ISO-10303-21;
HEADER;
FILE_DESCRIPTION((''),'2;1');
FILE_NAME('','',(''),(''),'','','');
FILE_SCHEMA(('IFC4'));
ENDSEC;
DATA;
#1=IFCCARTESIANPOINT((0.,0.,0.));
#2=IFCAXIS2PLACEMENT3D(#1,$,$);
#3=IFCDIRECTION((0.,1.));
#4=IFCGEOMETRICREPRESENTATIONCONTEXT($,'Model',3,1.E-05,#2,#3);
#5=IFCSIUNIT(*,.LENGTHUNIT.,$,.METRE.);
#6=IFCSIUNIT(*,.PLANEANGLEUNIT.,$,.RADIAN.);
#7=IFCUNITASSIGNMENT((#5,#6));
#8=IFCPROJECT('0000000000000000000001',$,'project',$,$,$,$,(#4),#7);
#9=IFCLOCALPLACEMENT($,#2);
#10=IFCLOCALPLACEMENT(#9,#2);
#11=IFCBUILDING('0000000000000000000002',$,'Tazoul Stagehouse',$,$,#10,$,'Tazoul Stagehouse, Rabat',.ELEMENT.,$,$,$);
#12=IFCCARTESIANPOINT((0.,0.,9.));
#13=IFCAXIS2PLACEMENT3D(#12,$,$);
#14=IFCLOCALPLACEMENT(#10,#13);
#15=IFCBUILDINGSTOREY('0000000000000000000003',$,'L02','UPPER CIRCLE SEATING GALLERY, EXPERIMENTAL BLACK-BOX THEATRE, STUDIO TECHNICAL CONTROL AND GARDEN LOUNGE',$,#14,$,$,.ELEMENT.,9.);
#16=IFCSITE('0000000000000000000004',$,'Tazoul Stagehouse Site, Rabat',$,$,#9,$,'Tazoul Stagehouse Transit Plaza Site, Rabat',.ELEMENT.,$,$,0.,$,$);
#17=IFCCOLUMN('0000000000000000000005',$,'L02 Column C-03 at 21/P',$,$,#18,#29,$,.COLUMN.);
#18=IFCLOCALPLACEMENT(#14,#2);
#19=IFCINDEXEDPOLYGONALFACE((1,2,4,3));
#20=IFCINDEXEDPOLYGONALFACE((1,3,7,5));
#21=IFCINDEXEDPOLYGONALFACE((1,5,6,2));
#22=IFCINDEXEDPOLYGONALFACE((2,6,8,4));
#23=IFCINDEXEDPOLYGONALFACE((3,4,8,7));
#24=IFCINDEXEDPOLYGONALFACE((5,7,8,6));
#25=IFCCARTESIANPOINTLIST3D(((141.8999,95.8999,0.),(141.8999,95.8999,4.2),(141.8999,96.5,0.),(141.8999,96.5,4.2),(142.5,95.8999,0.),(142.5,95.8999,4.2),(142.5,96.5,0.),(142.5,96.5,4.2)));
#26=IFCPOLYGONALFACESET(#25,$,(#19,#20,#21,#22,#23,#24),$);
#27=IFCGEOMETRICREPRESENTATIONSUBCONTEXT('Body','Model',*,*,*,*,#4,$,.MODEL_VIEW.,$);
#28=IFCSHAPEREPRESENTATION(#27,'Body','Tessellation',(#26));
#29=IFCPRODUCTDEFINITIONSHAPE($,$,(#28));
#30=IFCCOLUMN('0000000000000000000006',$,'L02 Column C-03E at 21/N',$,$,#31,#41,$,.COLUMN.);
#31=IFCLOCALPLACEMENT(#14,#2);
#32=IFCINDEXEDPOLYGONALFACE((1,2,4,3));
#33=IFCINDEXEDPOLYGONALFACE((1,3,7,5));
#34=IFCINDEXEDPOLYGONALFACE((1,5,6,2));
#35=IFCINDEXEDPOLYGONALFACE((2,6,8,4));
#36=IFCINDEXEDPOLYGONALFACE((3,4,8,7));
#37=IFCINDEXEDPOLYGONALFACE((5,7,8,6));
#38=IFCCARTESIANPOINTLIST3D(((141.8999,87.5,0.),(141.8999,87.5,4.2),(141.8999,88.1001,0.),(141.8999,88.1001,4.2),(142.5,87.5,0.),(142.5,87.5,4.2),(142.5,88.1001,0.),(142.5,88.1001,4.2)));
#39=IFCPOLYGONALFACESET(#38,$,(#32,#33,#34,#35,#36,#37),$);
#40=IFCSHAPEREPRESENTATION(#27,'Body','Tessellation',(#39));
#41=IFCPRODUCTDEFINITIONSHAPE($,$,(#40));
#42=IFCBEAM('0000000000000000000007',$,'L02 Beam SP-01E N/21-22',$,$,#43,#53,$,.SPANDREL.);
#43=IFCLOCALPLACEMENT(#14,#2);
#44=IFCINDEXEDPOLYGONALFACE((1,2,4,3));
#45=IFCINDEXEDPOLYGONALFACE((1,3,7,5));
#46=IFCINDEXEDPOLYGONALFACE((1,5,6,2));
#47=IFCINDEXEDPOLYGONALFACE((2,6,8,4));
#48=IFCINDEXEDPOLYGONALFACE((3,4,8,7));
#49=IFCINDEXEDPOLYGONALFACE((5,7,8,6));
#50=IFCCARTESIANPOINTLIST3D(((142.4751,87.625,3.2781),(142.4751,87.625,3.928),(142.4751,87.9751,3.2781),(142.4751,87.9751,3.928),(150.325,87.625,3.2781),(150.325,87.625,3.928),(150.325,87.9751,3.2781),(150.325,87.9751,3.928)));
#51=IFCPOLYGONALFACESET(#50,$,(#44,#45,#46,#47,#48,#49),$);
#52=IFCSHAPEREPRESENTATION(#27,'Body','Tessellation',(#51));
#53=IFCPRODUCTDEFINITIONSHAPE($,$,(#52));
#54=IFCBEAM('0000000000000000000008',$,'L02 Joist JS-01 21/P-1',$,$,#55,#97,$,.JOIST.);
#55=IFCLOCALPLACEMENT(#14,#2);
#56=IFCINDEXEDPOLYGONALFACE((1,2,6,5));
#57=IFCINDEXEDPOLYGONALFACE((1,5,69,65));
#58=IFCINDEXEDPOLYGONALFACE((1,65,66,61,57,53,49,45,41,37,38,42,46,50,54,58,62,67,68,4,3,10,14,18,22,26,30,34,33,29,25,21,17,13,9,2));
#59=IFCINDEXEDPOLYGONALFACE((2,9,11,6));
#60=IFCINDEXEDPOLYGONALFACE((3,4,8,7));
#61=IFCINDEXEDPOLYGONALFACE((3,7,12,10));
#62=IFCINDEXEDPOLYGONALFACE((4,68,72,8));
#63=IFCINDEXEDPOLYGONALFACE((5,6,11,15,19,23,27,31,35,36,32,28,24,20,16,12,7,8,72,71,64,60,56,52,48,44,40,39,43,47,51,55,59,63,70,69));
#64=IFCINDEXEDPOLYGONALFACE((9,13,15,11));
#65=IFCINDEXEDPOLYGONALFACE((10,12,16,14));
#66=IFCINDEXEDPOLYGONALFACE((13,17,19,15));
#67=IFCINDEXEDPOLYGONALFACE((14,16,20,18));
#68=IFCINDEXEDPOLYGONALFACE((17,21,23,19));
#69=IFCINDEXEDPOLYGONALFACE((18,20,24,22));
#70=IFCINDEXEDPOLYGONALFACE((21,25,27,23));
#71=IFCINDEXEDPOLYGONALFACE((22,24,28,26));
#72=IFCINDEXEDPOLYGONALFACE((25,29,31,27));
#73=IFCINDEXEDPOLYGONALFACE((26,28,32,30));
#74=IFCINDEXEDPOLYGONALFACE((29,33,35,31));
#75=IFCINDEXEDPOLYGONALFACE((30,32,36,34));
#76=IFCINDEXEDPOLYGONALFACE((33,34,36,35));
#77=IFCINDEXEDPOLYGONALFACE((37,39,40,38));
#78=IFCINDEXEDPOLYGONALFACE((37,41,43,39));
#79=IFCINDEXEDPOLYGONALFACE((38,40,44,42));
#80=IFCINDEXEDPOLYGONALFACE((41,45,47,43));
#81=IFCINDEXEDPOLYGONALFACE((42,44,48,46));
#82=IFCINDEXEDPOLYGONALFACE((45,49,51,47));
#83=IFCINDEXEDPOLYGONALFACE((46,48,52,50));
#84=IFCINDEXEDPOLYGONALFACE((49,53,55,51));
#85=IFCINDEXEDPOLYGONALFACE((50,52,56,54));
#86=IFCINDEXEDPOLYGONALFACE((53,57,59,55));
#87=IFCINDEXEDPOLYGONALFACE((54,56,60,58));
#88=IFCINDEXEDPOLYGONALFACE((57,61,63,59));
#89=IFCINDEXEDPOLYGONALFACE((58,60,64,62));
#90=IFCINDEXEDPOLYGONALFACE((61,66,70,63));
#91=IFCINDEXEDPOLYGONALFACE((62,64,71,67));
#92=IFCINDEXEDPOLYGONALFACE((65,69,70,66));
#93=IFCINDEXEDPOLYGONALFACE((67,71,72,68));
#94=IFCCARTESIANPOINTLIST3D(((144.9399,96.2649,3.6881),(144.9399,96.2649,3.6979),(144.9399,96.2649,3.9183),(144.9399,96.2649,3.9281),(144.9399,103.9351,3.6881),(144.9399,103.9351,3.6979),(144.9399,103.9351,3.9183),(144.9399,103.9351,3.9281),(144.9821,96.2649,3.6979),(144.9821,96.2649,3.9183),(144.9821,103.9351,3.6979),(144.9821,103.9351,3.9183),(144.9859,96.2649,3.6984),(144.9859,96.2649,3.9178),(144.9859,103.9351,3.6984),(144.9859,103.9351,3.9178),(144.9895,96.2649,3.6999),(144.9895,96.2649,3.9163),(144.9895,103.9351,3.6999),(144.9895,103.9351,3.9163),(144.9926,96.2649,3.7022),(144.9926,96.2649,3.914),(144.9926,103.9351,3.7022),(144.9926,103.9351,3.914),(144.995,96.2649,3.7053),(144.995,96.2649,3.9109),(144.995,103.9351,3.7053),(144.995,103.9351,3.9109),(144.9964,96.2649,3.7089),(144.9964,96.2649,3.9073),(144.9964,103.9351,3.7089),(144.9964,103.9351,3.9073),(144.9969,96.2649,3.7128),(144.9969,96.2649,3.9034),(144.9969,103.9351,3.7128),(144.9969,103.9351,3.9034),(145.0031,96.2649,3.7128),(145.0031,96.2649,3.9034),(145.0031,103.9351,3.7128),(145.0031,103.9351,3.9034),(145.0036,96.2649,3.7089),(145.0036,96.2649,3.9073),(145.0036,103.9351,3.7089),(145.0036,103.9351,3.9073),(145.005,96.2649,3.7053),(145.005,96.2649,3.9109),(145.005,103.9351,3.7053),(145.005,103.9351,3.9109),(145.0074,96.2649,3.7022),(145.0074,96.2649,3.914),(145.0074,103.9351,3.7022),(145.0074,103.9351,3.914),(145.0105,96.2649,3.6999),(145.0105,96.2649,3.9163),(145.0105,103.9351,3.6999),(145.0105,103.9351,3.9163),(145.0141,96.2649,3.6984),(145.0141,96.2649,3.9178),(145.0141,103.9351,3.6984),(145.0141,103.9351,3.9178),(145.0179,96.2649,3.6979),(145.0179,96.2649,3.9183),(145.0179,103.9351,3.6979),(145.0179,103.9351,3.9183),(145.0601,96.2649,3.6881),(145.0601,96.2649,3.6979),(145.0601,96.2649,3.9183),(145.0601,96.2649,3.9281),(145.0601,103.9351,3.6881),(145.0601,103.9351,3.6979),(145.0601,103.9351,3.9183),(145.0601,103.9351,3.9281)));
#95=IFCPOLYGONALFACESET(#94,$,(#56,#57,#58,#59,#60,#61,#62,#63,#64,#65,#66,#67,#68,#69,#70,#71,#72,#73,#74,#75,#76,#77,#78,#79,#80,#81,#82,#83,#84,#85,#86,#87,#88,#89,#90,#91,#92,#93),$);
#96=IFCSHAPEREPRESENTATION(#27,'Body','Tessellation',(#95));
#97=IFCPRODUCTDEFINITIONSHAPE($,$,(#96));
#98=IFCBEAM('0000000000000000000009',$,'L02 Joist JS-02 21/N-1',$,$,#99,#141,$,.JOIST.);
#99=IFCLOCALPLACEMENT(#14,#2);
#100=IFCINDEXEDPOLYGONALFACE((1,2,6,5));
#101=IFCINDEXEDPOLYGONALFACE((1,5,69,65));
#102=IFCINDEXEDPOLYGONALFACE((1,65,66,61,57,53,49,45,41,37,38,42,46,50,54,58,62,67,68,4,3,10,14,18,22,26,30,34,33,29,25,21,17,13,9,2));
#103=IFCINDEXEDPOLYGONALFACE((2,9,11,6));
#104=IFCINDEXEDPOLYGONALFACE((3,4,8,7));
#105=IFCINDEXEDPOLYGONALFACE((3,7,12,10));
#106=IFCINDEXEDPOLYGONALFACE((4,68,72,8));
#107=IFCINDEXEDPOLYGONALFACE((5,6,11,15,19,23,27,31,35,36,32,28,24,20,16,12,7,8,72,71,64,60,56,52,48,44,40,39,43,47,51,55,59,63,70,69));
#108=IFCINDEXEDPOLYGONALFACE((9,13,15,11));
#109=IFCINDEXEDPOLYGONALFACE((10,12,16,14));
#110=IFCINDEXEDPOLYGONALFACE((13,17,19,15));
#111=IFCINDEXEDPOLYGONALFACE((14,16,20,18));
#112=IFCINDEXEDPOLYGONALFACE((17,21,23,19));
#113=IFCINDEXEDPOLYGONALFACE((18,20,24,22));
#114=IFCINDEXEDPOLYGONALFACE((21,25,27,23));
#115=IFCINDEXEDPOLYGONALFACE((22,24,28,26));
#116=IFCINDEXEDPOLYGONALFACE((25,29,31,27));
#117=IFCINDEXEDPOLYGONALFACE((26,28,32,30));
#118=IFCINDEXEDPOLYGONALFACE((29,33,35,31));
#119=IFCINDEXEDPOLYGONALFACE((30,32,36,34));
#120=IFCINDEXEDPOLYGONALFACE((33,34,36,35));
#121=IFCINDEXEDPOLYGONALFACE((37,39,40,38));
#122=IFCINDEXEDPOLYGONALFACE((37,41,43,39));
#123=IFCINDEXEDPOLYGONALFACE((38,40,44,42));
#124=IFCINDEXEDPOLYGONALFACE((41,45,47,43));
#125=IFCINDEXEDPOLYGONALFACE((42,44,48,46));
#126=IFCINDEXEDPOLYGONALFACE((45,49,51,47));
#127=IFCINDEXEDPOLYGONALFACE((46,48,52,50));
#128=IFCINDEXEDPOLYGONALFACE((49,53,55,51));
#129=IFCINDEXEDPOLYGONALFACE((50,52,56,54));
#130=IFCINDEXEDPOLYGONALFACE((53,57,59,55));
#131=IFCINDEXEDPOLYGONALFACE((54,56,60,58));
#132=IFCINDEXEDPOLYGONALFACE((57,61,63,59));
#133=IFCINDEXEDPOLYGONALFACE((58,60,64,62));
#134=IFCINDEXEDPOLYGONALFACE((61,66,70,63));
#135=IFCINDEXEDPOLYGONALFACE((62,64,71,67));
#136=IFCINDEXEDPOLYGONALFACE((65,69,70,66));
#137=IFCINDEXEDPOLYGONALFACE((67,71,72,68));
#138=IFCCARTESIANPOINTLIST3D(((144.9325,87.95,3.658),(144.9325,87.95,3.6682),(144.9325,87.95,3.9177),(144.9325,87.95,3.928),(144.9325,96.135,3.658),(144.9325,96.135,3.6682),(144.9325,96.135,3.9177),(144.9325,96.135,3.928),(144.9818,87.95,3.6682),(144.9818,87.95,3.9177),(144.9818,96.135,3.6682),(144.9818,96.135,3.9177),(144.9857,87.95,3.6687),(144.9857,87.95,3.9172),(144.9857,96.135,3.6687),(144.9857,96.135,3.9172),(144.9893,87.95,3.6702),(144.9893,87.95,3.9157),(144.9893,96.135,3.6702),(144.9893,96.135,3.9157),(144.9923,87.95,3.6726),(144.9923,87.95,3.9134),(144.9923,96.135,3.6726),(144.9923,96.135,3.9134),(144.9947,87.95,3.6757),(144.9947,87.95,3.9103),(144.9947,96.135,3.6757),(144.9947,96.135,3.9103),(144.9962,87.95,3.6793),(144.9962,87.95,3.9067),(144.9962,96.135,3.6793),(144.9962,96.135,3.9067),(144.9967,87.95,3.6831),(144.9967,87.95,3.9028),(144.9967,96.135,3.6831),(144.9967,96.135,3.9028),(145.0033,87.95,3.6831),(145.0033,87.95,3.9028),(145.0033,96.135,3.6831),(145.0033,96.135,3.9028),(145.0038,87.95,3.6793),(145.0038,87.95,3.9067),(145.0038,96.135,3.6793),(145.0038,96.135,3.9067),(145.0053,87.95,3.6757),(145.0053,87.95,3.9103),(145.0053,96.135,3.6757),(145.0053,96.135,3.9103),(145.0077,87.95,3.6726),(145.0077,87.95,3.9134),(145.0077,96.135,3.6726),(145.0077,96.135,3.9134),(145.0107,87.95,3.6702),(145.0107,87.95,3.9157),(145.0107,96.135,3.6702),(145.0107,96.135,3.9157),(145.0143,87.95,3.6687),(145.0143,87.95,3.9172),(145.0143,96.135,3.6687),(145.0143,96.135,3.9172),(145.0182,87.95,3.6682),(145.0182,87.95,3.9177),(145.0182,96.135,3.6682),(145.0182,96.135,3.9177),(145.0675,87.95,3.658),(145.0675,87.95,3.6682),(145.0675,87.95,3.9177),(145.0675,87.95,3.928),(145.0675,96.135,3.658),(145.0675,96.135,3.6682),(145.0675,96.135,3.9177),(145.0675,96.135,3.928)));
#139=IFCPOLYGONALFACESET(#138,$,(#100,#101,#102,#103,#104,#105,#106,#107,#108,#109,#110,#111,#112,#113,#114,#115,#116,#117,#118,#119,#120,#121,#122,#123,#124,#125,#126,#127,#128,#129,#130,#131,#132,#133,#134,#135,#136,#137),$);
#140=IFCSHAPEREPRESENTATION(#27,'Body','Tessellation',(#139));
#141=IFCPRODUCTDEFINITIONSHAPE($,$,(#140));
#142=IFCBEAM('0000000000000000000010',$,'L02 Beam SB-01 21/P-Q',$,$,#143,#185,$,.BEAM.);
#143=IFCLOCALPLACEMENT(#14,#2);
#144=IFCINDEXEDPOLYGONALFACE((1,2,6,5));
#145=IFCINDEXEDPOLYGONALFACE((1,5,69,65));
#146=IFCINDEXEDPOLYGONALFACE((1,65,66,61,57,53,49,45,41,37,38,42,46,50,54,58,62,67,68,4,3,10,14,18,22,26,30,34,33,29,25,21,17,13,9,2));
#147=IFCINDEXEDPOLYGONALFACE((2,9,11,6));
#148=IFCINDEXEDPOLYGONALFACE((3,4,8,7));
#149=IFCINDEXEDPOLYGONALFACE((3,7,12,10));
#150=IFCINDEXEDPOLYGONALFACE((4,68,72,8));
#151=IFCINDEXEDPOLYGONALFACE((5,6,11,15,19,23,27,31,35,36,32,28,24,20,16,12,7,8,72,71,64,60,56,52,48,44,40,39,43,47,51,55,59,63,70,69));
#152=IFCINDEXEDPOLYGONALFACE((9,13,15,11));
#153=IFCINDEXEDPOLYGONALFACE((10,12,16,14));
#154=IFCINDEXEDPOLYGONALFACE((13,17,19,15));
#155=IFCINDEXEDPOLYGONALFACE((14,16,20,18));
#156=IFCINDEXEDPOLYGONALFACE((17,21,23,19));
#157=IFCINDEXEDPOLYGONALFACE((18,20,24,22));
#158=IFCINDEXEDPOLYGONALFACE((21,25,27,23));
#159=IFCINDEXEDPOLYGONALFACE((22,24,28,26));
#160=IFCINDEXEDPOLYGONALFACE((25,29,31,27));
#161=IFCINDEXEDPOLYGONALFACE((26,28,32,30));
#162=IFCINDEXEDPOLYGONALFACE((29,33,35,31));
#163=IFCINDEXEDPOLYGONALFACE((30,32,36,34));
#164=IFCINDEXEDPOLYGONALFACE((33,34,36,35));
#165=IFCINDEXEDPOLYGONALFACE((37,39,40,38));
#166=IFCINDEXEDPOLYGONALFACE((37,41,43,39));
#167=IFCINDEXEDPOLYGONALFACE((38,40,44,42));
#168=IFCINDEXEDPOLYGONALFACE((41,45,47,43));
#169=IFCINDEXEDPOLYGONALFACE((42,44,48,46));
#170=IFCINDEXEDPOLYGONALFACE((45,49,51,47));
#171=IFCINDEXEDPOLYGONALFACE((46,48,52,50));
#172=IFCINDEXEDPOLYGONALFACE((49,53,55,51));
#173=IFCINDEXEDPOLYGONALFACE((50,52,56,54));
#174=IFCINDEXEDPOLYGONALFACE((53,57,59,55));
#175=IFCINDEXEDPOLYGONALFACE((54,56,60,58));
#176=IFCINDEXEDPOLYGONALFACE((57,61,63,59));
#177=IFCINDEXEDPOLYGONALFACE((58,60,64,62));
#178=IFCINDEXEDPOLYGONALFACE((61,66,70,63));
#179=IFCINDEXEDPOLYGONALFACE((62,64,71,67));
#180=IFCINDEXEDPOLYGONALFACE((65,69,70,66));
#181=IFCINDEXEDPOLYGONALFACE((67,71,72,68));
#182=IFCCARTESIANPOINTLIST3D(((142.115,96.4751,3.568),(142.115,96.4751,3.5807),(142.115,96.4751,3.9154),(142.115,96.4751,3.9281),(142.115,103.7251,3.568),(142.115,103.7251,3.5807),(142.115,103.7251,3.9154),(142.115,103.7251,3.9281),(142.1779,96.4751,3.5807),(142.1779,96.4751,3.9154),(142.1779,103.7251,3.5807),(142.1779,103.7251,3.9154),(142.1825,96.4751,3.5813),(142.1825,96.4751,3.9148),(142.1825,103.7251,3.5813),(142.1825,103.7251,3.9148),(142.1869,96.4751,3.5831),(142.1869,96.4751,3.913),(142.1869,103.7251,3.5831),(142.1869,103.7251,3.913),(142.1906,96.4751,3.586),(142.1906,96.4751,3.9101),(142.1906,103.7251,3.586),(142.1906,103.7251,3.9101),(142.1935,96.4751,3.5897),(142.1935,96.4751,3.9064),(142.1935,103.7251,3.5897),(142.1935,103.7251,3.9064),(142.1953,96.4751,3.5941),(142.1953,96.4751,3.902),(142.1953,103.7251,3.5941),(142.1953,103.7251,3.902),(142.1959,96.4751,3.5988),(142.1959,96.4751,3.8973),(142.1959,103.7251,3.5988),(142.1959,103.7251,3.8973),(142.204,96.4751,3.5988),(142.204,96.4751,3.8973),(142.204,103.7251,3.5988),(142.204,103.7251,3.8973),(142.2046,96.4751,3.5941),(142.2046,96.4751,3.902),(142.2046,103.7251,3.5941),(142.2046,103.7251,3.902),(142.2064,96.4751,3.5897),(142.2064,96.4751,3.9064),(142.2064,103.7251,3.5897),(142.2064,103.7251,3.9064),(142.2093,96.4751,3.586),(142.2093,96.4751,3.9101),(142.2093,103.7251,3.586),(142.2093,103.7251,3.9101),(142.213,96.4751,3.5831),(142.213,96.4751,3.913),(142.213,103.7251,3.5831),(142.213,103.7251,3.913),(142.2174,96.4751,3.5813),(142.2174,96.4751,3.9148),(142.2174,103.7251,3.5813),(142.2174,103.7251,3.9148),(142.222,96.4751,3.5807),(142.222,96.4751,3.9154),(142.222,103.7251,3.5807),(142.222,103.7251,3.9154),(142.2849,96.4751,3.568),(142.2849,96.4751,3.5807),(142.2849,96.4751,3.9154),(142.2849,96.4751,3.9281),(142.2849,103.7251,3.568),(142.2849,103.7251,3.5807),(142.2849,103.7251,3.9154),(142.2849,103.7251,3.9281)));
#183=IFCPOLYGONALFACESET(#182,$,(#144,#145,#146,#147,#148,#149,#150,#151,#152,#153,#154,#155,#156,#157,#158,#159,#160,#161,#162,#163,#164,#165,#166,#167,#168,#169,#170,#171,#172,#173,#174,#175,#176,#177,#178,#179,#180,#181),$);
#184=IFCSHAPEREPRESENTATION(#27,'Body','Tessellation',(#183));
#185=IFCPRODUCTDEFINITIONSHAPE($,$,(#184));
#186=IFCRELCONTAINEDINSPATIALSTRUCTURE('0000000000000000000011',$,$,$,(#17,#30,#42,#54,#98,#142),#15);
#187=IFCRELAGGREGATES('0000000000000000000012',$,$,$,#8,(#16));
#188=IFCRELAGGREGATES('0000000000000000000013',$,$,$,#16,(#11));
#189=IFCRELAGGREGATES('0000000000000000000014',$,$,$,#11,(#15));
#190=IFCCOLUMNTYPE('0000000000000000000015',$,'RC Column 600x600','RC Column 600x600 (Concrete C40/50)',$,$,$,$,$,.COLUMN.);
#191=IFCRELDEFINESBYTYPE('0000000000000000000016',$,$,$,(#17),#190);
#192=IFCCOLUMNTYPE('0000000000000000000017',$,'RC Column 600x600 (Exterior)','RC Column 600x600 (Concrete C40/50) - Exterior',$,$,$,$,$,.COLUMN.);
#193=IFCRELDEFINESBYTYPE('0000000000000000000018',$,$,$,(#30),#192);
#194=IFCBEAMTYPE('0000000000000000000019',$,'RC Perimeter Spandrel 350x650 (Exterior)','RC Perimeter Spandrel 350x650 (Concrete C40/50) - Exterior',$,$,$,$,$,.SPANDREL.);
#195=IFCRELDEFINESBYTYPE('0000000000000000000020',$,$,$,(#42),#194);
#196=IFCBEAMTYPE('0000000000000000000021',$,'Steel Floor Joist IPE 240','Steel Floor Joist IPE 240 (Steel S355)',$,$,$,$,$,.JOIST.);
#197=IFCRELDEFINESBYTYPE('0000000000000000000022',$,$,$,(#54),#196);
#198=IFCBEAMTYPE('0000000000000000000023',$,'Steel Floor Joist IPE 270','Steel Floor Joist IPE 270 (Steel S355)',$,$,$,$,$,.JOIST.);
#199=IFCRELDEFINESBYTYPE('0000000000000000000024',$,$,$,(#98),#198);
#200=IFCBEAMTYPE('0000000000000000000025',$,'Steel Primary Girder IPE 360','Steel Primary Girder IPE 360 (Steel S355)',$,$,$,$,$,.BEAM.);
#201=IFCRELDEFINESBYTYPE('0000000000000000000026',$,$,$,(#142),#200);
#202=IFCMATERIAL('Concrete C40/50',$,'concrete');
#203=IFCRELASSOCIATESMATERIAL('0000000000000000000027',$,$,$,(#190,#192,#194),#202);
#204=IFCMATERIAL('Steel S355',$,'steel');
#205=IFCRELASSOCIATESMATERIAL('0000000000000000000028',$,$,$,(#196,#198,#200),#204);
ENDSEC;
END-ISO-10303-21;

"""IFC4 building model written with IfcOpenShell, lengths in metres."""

from ifc_helpers import new_model, si_unit, direction, frame, origin, origin_2d, place, context, subcontext, project, spatial, rectangle, i_section, extrude, material, material_profile, profile_set, type_object, element, save


model = new_model("IFC4")

# Units and contexts
model_context = context("Model", 3, precision=1e-05, world=origin(), true_north=direction((0.0, 1.0)))
body_context = subcontext(model_context, "Body", "Model", "MODEL_VIEW")
ifc_project = project(units=[si_unit("LENGTHUNIT", "METRE"), si_unit("PLANEANGLEUNIT", "RADIAN")], contexts=[model_context])

# Site, building, storey
site_placement = place(None, origin())
site = spatial("IfcSite", under=ifc_project, at=site_placement, Name="Tazoul Stagehouse Site, Rabat", LongName="Tazoul Stagehouse Transit Plaza Site, Rabat", CompositionType="ELEMENT", RefElevation=0.0)
building_placement = place(site_placement, origin())
building = spatial("IfcBuilding", under=site, at=building_placement, Name="Tazoul Stagehouse", LongName="Tazoul Stagehouse, Rabat", CompositionType="ELEMENT")
storey_placement = place(building_placement, frame((0.0, 0.0, 9.0)))
storey = spatial("IfcBuildingStorey", under=building, at=storey_placement, Name="L02", Description="UPPER CIRCLE SEATING GALLERY, EXPERIMENTAL BLACK-BOX THEATRE, STUDIO TECHNICAL CONTROL AND GARDEN LOUNGE", CompositionType="ELEMENT", Elevation=9.0)

# Columns
ifc_material_1 = material(Name="Concrete C40/50", Category="concrete")
ifc_material_profile_1 = material_profile(ifc_material_1, rectangle(XDim=0.6001, YDim=0.6001, at=origin_2d()), Name="RC 600x600")
ifc_profile_set_1 = profile_set([ifc_material_profile_1], Name="Concrete C40/50")
column_type_1 = type_object("IfcColumnType", Name="RC Column 600x600", Description="RC Column 600x600 (Concrete C40/50)", PredefinedType="COLUMN", material=ifc_profile_set_1)
column_1_placement = place(storey_placement, frame((142.2, 96.2, 0.0), z_axis=(0.0, 0.0, 1.0), x_axis=(1.0, 0.0, 0.0)))
element("IfcColumn", 1, at=column_1_placement, inside=storey, type_object=column_type_1, Name="L02 Column C-03 at 21/P", PredefinedType="COLUMN", context=body_context, shape_type="SweptSolid", body=[
    extrude(rectangle(XDim=0.6001, YDim=0.6001, at=origin_2d()), origin(), (0.0, 0.0, 1.0), 4.2),
])
ifc_material_profile_2 = material_profile(ifc_material_1, rectangle(XDim=0.6001, YDim=0.6001, at=origin_2d()), Name="RC 600x600")
ifc_profile_set_2 = profile_set([ifc_material_profile_2], Name="Concrete C40/50")
column_type_2 = type_object("IfcColumnType", Name="RC Column 600x600 (Exterior)", Description="RC Column 600x600 (Concrete C40/50) - Exterior", PredefinedType="COLUMN", material=ifc_profile_set_2)
column_2_placement = place(storey_placement, frame((142.2, 87.8, 0.0), z_axis=(0.0, 0.0, 1.0), x_axis=(1.0, 0.0, 0.0)))
element("IfcColumn", 2, at=column_2_placement, inside=storey, type_object=column_type_2, Name="L02 Column C-03E at 21/N", PredefinedType="COLUMN", context=body_context, shape_type="SweptSolid", body=[
    extrude(rectangle(XDim=0.6001, YDim=0.6001, at=origin_2d()), origin(), (0.0, 0.0, 1.0), 4.2),
])

# Beams
ifc_material_profile_3 = material_profile(ifc_material_1, rectangle(XDim=0.3501, YDim=0.6499, at=origin_2d()), Name="RC 350x650")
ifc_profile_set_3 = profile_set([ifc_material_profile_3], Name="Concrete C40/50")
beam_type_1 = type_object("IfcBeamType", Name="RC Perimeter Spandrel 350x650 (Exterior)", Description="RC Perimeter Spandrel 350x650 (Concrete C40/50) - Exterior", PredefinedType="SPANDREL", material=ifc_profile_set_3)
beam_1_placement = place(storey_placement, frame((142.4751, 87.8, 3.603), z_axis=(1.0, 0.0, 0.0), x_axis=(0.0, 1.0, 0.0)))
element("IfcBeam", 3, at=beam_1_placement, inside=storey, type_object=beam_type_1, Name="L02 Beam SP-01E N/21-22", PredefinedType="SPANDREL", context=body_context, shape_type="SweptSolid", body=[
    extrude(rectangle(XDim=0.3501, YDim=0.6499, at=origin_2d()), origin(), (0.0, 0.0, 1.0), 7.8499),
])
ifc_material_2 = material(Name="Steel S355", Category="steel")
ifc_material_profile_4 = material_profile(ifc_material_2, i_section(OverallWidth=0.1201, OverallDepth=0.24, WebThickness=0.0061, FlangeThickness=0.0098, FilletRadius=0.0149, at=origin_2d()), Name="IPE 240")
ifc_profile_set_4 = profile_set([ifc_material_profile_4], Name="Steel S355")
beam_type_2 = type_object("IfcBeamType", Name="Steel Floor Joist IPE 240", Description="Steel Floor Joist IPE 240 (Steel S355)", PredefinedType="JOIST", material=ifc_profile_set_4)
beam_2_placement = place(storey_placement, frame((145.0, 96.2649, 3.8081), z_axis=(0.0, 1.0, 0.0), x_axis=(-1.0, 0.0, 0.0)))
element("IfcBeam", 4, at=beam_2_placement, inside=storey, type_object=beam_type_2, Name="L02 Joist JS-01 21/P-1", PredefinedType="JOIST", context=body_context, shape_type="SweptSolid", body=[
    extrude(i_section(OverallWidth=0.1201, OverallDepth=0.24, WebThickness=0.0061, FlangeThickness=0.0098, FilletRadius=0.0149, at=origin_2d()), origin(), (0.0, 0.0, 1.0), 7.6702),
])
ifc_material_profile_5 = material_profile(ifc_material_2, i_section(OverallWidth=0.135, OverallDepth=0.27, WebThickness=0.0066, FlangeThickness=0.0103, FilletRadius=0.0149, at=origin_2d()), Name="IPE 270")
ifc_profile_set_5 = profile_set([ifc_material_profile_5], Name="Steel S355")
beam_type_3 = type_object("IfcBeamType", Name="Steel Floor Joist IPE 270", Description="Steel Floor Joist IPE 270 (Steel S355)", PredefinedType="JOIST", material=ifc_profile_set_5)
beam_3_placement = place(storey_placement, frame((145.0, 87.95, 3.793), z_axis=(0.0, 1.0, 0.0), x_axis=(-1.0, 0.0, 0.0)))
element("IfcBeam", 5, at=beam_3_placement, inside=storey, type_object=beam_type_3, Name="L02 Joist JS-02 21/N-1", PredefinedType="JOIST", context=body_context, shape_type="SweptSolid", body=[
    extrude(i_section(OverallWidth=0.135, OverallDepth=0.27, WebThickness=0.0066, FlangeThickness=0.0103, FilletRadius=0.0149, at=origin_2d()), origin(), (0.0, 0.0, 1.0), 8.1851),
])
ifc_material_profile_6 = material_profile(ifc_material_2, i_section(OverallWidth=0.1699, OverallDepth=0.3601, WebThickness=0.0081, FlangeThickness=0.0127, FilletRadius=0.0181, at=origin_2d()), Name="IPE 360")
ifc_profile_set_6 = profile_set([ifc_material_profile_6], Name="Steel S355")
beam_type_4 = type_object("IfcBeamType", Name="Steel Primary Girder IPE 360", Description="Steel Primary Girder IPE 360 (Steel S355)", PredefinedType="BEAM", material=ifc_profile_set_6)
beam_4_placement = place(storey_placement, frame((142.2, 96.4751, 3.748), z_axis=(0.0, 1.0, 0.0), x_axis=(-1.0, 0.0, 0.0)))
element("IfcBeam", 6, at=beam_4_placement, inside=storey, type_object=beam_type_4, Name="L02 Beam SB-01 21/P-Q", PredefinedType="BEAM", context=body_context, shape_type="SweptSolid", body=[
    extrude(i_section(OverallWidth=0.1699, OverallDepth=0.3601, WebThickness=0.0081, FlangeThickness=0.0127, FilletRadius=0.0181, at=origin_2d()), origin(), (0.0, 0.0, 1.0), 7.25),
])

save(model, "model.ifc")
